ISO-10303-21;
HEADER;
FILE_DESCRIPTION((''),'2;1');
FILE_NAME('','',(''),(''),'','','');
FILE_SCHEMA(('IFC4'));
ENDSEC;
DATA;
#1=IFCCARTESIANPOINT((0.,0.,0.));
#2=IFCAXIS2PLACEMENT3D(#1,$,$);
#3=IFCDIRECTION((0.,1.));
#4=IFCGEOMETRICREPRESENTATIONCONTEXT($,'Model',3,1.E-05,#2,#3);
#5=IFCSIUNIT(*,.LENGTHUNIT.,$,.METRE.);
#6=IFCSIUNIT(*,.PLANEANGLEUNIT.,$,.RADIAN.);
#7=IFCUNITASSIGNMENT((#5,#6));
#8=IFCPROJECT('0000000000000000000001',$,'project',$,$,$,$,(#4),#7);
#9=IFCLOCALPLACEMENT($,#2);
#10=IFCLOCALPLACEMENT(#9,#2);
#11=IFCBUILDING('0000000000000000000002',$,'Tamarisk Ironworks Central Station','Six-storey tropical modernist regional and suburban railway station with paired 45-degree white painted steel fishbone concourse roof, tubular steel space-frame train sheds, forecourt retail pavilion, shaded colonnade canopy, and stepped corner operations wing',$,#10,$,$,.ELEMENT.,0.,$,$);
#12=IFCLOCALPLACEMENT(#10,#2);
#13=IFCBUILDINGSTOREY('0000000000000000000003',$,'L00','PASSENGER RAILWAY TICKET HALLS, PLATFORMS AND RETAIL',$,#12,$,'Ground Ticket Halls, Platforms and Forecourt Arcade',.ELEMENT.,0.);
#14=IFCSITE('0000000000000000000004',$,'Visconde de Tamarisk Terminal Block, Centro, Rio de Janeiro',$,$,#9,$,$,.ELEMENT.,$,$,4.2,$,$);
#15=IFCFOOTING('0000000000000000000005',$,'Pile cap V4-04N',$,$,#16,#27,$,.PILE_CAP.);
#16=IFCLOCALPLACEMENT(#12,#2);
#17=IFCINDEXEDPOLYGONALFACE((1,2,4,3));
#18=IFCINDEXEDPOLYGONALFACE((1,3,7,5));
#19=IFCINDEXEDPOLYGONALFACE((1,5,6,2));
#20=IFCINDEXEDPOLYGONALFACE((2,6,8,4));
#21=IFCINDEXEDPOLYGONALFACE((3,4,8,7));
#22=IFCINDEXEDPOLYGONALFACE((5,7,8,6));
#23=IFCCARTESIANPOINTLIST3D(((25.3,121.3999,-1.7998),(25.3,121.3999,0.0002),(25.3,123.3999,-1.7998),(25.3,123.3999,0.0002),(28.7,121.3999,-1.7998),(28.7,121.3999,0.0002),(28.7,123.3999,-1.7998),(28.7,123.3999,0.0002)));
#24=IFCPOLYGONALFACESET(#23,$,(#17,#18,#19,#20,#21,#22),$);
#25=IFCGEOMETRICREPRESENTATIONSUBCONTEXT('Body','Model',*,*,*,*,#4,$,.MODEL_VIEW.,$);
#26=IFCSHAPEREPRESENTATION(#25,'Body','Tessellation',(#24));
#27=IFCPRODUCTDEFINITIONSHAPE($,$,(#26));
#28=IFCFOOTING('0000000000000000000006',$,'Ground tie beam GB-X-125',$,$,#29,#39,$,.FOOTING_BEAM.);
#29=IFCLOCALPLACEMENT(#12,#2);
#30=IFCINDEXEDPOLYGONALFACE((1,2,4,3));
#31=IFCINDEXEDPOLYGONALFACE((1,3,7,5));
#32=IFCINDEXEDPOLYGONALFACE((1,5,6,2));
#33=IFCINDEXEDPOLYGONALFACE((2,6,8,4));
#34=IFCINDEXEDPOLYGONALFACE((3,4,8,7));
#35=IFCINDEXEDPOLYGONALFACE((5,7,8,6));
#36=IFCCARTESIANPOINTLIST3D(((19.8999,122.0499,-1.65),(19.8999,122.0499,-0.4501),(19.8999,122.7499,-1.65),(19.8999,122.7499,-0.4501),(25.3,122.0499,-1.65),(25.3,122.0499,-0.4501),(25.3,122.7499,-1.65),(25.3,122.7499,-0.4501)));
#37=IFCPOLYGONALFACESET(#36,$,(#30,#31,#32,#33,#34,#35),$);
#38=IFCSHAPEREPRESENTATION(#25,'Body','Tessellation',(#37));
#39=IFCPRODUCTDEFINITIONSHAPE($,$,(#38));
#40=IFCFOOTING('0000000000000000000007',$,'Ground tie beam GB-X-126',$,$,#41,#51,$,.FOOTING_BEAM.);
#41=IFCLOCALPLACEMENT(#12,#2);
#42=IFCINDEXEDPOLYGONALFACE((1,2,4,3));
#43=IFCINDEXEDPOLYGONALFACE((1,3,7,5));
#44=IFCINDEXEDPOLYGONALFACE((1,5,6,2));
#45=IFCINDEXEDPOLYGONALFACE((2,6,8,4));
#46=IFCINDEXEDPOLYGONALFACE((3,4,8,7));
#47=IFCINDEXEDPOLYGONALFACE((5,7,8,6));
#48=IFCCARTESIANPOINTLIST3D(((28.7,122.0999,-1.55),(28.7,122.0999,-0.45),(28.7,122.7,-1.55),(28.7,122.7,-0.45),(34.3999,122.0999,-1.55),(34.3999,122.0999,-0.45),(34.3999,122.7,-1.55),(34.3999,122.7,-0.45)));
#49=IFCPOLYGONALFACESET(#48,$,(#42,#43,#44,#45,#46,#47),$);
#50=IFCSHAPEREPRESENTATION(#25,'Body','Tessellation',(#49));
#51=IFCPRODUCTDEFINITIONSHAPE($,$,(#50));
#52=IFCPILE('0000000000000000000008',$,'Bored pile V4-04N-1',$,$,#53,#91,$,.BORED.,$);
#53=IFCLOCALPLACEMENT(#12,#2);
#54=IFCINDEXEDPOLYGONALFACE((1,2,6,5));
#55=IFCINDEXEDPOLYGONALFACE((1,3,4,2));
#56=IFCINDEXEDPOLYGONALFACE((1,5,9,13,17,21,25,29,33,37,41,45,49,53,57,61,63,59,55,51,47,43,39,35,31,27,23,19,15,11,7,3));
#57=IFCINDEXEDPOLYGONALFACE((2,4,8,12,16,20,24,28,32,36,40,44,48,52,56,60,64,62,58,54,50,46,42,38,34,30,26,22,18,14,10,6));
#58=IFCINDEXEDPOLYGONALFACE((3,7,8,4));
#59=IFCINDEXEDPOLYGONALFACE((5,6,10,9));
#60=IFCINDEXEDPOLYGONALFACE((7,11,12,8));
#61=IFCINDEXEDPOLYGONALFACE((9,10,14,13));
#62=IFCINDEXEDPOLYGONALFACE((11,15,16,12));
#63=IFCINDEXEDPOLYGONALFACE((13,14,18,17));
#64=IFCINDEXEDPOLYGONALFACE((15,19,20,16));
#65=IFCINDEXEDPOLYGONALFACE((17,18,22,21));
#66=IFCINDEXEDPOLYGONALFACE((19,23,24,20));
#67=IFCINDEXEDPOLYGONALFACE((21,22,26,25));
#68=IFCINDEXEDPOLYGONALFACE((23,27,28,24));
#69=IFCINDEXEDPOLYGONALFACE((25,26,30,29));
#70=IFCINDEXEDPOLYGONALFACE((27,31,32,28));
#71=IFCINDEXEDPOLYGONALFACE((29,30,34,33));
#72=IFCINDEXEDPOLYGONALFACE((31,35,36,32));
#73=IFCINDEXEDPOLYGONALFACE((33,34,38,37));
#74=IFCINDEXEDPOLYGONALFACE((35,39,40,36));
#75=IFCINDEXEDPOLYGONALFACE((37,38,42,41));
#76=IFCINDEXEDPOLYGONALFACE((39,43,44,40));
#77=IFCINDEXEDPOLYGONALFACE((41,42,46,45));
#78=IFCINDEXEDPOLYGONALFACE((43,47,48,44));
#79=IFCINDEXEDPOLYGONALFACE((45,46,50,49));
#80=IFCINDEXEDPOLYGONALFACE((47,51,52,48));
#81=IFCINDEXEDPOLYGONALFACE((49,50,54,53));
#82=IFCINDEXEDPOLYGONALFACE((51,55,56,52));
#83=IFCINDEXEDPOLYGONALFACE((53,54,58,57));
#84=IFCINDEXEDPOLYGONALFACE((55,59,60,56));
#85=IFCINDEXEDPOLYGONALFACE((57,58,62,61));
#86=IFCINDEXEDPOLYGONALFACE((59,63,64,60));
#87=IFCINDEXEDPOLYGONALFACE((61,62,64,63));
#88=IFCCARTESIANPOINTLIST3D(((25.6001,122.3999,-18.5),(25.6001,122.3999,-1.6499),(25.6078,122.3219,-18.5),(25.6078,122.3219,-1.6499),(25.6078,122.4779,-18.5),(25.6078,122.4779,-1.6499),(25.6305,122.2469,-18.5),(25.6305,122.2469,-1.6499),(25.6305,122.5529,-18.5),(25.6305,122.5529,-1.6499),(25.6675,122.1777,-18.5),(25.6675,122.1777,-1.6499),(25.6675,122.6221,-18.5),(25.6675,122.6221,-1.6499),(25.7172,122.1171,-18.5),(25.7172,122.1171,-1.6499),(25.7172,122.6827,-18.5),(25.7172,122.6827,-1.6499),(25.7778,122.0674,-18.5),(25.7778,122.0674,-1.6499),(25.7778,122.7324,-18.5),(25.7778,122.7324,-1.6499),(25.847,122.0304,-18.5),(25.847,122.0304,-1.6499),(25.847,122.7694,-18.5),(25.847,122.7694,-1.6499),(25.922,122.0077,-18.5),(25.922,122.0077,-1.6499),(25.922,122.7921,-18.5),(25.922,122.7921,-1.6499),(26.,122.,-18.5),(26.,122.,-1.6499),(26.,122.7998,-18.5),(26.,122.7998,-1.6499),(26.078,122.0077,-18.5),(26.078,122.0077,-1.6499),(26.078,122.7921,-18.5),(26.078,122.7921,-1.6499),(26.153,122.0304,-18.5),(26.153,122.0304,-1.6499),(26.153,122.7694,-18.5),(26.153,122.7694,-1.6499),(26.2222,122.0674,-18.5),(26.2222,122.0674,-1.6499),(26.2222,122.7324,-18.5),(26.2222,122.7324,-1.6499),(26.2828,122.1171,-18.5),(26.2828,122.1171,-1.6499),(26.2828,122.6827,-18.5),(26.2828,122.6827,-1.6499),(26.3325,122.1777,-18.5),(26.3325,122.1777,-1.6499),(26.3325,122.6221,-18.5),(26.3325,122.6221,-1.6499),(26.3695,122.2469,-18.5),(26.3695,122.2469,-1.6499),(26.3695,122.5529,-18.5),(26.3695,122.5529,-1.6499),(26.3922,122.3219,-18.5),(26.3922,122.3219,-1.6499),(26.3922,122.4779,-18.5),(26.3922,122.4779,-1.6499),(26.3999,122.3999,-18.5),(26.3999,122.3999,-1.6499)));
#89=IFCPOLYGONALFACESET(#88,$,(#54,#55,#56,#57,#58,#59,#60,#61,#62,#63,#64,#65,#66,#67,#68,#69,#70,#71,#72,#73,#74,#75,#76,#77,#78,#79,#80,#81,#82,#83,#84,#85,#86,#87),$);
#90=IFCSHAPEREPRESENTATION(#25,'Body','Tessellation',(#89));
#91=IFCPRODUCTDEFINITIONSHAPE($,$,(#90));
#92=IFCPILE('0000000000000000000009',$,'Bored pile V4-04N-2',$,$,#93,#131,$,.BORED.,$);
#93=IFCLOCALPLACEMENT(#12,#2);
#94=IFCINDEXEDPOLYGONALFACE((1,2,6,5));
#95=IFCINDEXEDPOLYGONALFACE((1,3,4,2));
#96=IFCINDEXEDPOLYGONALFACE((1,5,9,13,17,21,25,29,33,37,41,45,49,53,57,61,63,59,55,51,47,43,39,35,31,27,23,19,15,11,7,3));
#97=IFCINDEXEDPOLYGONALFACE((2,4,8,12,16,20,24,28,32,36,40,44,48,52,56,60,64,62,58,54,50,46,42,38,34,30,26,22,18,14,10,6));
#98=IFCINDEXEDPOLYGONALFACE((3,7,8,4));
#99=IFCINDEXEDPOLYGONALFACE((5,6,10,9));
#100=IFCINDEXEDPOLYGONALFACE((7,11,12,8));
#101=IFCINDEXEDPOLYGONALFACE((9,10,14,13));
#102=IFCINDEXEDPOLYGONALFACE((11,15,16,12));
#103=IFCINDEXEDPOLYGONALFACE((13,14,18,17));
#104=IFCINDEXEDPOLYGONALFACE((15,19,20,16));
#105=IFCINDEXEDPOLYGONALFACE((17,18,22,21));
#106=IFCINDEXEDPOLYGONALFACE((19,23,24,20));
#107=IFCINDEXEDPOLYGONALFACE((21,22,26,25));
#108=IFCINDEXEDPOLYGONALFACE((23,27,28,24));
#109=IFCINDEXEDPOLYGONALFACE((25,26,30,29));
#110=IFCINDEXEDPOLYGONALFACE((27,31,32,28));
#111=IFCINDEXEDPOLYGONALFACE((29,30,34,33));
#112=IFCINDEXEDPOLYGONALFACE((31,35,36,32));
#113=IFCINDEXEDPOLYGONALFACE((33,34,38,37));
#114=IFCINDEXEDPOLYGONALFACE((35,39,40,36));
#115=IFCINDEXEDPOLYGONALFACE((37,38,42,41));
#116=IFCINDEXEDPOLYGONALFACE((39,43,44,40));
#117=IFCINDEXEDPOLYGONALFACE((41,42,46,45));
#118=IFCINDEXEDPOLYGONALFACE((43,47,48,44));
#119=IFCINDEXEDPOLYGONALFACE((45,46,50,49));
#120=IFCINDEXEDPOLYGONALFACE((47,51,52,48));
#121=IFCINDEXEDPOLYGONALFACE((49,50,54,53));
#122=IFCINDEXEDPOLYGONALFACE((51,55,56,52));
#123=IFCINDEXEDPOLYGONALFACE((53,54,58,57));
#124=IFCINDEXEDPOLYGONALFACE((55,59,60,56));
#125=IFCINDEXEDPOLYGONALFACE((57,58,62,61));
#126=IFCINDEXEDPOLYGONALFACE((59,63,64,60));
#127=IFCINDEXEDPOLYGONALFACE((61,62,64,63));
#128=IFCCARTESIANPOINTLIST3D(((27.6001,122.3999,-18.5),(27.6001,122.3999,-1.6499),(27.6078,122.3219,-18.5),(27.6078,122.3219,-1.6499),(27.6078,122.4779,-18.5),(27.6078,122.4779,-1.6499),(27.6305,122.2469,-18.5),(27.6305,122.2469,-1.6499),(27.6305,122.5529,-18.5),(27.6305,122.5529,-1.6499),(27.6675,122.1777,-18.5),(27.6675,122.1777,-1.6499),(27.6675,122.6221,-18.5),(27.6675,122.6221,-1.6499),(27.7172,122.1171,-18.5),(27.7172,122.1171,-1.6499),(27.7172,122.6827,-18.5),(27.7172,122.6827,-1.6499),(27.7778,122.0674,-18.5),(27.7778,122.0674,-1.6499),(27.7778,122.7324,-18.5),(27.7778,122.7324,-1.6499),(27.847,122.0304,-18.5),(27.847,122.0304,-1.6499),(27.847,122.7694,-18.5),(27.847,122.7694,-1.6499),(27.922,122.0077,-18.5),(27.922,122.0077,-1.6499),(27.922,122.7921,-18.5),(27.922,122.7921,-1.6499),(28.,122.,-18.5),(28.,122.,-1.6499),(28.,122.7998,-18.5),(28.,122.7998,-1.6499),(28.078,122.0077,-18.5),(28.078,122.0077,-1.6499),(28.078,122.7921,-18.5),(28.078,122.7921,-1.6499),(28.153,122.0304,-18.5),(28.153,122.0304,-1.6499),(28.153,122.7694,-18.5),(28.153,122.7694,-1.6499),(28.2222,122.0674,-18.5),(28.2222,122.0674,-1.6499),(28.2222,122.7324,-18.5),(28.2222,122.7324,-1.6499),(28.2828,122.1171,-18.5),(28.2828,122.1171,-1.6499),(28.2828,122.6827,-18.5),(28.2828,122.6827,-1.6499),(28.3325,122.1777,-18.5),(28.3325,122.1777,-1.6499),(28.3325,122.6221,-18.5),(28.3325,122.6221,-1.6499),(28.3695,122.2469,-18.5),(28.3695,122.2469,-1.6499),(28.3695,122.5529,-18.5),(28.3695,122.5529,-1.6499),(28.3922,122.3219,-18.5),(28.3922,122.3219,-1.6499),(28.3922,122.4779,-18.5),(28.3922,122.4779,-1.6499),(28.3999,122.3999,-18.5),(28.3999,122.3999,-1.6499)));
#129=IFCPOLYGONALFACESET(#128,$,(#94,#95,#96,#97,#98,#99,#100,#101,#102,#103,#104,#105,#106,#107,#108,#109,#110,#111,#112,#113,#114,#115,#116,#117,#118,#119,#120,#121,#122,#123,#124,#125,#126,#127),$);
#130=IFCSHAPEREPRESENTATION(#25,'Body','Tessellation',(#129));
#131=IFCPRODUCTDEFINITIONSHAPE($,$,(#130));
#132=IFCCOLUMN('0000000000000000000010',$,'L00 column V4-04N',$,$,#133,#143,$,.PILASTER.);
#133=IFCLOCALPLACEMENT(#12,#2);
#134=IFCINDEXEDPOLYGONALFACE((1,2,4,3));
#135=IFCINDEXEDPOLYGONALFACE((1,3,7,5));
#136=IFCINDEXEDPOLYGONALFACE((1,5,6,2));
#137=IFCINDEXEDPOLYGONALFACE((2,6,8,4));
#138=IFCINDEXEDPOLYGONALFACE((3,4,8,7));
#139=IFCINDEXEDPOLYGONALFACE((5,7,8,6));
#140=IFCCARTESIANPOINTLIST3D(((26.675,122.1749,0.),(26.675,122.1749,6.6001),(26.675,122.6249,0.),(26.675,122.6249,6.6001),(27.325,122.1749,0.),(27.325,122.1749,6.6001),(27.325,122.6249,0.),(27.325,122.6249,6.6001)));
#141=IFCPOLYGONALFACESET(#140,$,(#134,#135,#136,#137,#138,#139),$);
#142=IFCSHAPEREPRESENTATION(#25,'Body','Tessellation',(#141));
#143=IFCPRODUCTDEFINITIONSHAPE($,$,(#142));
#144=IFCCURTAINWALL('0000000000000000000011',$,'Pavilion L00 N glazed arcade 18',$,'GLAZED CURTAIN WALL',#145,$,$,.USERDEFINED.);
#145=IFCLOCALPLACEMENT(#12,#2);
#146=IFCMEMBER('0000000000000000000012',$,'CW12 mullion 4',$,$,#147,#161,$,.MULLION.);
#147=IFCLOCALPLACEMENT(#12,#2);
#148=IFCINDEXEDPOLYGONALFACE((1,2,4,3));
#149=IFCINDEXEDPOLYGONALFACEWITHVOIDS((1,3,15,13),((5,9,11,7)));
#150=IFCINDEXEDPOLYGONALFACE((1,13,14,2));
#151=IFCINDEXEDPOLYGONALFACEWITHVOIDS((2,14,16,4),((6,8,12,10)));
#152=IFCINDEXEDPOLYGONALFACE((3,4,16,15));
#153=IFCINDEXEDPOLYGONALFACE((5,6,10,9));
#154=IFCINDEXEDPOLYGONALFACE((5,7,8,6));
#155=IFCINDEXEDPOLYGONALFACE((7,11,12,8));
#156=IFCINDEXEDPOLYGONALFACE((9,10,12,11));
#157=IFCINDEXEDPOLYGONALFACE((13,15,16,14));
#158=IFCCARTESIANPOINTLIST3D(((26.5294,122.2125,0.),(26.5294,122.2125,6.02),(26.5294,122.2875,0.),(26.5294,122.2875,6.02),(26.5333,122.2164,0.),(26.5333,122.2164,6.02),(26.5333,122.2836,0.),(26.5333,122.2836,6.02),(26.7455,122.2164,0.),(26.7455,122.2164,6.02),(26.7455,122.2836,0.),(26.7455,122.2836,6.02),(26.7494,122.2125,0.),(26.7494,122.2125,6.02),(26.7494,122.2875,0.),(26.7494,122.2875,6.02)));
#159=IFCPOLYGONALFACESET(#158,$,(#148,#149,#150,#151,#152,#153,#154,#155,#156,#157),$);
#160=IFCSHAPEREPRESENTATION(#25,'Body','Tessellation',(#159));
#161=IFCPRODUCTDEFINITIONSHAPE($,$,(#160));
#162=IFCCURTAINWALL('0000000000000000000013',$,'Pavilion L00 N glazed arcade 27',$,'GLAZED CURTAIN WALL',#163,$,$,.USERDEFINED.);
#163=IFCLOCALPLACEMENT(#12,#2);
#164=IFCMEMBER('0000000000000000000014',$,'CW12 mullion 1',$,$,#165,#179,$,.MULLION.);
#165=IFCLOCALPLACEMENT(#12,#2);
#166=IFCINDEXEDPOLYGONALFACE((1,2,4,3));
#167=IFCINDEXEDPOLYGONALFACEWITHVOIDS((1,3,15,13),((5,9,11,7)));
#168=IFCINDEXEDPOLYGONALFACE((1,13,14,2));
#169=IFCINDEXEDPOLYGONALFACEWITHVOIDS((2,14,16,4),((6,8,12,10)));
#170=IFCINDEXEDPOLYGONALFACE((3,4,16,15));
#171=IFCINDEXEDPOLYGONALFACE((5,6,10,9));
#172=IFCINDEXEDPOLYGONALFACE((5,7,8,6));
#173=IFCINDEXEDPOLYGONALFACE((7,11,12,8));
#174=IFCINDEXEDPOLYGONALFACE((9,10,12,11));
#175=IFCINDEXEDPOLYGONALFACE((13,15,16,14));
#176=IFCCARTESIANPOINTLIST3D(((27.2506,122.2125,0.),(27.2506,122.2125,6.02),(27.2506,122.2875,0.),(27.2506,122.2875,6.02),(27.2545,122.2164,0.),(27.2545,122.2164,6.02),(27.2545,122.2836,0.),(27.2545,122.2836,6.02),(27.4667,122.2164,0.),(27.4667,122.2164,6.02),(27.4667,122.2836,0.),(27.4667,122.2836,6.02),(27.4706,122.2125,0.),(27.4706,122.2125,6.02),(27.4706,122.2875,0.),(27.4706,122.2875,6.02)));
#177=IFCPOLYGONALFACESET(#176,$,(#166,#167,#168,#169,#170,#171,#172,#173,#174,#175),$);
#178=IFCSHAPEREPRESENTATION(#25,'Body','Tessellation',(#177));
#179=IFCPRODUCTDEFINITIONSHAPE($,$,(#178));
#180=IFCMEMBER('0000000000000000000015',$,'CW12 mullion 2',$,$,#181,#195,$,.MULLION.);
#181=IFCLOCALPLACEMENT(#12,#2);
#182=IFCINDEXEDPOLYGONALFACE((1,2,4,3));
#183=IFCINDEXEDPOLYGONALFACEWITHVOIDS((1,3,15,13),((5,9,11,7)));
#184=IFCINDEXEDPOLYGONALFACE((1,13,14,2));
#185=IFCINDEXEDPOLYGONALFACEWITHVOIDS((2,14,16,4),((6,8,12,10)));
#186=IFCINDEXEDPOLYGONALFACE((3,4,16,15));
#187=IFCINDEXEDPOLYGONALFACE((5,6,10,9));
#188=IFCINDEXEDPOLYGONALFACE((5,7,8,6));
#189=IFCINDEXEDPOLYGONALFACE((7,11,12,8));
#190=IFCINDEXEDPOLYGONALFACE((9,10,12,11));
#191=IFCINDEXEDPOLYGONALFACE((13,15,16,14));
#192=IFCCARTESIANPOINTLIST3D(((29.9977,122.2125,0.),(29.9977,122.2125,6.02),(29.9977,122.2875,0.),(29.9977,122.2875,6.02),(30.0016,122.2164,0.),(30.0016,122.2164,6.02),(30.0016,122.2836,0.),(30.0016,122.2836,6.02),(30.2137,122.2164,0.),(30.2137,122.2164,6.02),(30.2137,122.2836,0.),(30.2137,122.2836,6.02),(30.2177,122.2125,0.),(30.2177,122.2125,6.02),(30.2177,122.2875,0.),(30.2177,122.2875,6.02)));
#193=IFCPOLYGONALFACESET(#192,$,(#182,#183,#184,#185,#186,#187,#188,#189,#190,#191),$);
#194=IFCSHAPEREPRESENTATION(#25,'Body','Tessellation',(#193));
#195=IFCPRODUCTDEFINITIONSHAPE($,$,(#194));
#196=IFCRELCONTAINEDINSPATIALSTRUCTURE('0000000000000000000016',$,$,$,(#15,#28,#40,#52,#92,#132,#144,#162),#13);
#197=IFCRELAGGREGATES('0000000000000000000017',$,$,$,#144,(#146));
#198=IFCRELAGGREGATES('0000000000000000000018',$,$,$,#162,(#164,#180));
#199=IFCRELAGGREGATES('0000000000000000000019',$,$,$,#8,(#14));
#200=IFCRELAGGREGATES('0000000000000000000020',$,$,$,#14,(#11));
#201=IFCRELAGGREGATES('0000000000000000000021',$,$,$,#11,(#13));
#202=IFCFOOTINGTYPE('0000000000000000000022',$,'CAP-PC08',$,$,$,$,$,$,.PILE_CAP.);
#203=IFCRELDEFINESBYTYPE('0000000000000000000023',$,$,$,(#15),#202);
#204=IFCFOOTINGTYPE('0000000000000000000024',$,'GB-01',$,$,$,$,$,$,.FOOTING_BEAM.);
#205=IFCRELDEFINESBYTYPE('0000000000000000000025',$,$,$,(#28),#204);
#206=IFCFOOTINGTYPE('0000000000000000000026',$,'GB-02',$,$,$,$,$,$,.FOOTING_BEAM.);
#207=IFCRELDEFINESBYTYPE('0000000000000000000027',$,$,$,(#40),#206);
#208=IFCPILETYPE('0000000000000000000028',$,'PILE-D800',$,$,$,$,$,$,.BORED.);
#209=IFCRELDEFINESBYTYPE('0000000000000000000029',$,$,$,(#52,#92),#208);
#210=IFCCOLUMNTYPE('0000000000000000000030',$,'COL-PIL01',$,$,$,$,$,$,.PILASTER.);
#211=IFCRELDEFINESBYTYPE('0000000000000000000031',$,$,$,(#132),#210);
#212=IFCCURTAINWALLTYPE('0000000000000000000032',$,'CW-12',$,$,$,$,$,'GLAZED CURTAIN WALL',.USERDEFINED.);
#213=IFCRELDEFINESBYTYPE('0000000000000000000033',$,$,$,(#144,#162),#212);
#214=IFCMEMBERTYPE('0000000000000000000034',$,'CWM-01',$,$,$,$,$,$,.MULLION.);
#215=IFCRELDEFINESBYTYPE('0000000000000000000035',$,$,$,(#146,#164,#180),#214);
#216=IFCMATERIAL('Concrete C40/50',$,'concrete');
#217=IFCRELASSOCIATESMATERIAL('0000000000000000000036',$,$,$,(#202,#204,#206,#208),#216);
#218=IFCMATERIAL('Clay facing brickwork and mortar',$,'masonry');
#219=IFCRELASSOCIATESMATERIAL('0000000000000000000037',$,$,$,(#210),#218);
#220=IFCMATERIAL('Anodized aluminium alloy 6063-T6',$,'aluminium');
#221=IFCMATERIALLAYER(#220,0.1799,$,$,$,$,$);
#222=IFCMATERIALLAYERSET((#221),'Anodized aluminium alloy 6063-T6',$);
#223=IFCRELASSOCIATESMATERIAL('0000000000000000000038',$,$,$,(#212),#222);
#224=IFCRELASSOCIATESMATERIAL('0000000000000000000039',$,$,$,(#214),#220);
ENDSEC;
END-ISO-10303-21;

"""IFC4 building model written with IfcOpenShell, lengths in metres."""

from ifc_helpers import new_model, si_unit, direction, frame, origin, origin_2d, place, context, subcontext, project, spatial, rectangle, hollow_rectangle, circle, extrude, material, layer, layer_set, material_profile, profile_set, type_object, element, aggregate, save


model = new_model("IFC4")

# Units and contexts
model_context = context("Model", 3, precision=1e-05, world=origin(), true_north=direction((0.0, 1.0)))
body_context = subcontext(model_context, "Body", "Model", "MODEL_VIEW")
ifc_project = project(units=[si_unit("LENGTHUNIT", "METRE"), si_unit("PLANEANGLEUNIT", "RADIAN")], contexts=[model_context])

# Site, building, storey
site_placement = place(None, origin())
site = spatial("IfcSite", under=ifc_project, at=site_placement, Name="Visconde de Tamarisk Terminal Block, Centro, Rio de Janeiro", CompositionType="ELEMENT", RefElevation=4.2)
building_placement = place(site_placement, origin())
building = spatial("IfcBuilding", under=site, at=building_placement, Name="Tamarisk Ironworks Central Station", Description="Six-storey tropical modernist regional and suburban railway station with paired 45-degree white painted steel fishbone concourse roof, tubular steel space-frame train sheds, forecourt retail pavilion, shaded colonnade canopy, and stepped corner operations wing", CompositionType="ELEMENT", ElevationOfRefHeight=0.0)
storey_placement = place(building_placement, origin())
storey = spatial("IfcBuildingStorey", under=building, at=storey_placement, Name="L00", Description="PASSENGER RAILWAY TICKET HALLS, PLATFORMS AND RETAIL", LongName="Ground Ticket Halls, Platforms and Forecourt Arcade", CompositionType="ELEMENT", Elevation=0.0)

# Footings
ifc_material_1 = material(Name="Concrete C40/50", Category="concrete")
footing_type_1 = type_object("IfcFootingType", Name="CAP-PC08", PredefinedType="PILE_CAP", material=ifc_material_1)
footing_1_placement = place(storey_placement, frame((27.0, 122.3999, -1.7998), z_axis=(0.0, 0.0, 1.0), x_axis=(1.0, 0.0, 0.0)))
element("IfcFooting", 1, at=footing_1_placement, inside=storey, type_object=footing_type_1, Name="Pile cap V4-04N", PredefinedType="PILE_CAP", context=body_context, shape_type="SweptSolid", body=[
    extrude(rectangle(XDim=3.3999, YDim=2.0, at=origin_2d()), origin(), (0.0, 0.0, 1.0), 1.8),
])
ifc_material_profile_1 = material_profile(ifc_material_1, rectangle(XDim=0.7, YDim=1.2, at=origin_2d()), Name="GB01 700x1200")
ifc_profile_set_1 = profile_set([ifc_material_profile_1], Name="Concrete C40/50")
footing_type_2 = type_object("IfcFootingType", Name="GB-01", PredefinedType="FOOTING_BEAM", material=ifc_profile_set_1)
footing_2_placement = place(storey_placement, frame((19.8999, 122.3999, -1.05), z_axis=(1.0, 0.0, 0.0), x_axis=(0.0, 1.0, 0.0)))
element("IfcFooting", 2, at=footing_2_placement, inside=storey, type_object=footing_type_2, Name="Ground tie beam GB-X-125", PredefinedType="FOOTING_BEAM", context=body_context, shape_type="SweptSolid", body=[
    extrude(rectangle(XDim=0.7, YDim=1.2, at=origin_2d()), origin(), (0.0, 0.0, 1.0), 5.4001),
])
ifc_material_profile_2 = material_profile(ifc_material_1, rectangle(XDim=0.6001, YDim=1.1001, at=origin_2d()), Name="GB02 600x1100")
ifc_profile_set_2 = profile_set([ifc_material_profile_2], Name="Concrete C40/50")
footing_type_3 = type_object("IfcFootingType", Name="GB-02", PredefinedType="FOOTING_BEAM", material=ifc_profile_set_2)
footing_3_placement = place(storey_placement, frame((28.7, 122.3999, -1.0), z_axis=(1.0, 0.0, 0.0), x_axis=(0.0, 1.0, 0.0)))
element("IfcFooting", 3, at=footing_3_placement, inside=storey, type_object=footing_type_3, Name="Ground tie beam GB-X-126", PredefinedType="FOOTING_BEAM", context=body_context, shape_type="SweptSolid", body=[
    extrude(rectangle(XDim=0.6001, YDim=1.1001, at=origin_2d()), origin(), (0.0, 0.0, 1.0), 5.7),
])

# Piles
ifc_material_profile_3 = material_profile(ifc_material_1, circle(Radius=0.3999, at=origin_2d()), Name="BORED PILE D800")
ifc_profile_set_3 = profile_set([ifc_material_profile_3], Name="Concrete C40/50")
pile_type = type_object("IfcPileType", Name="PILE-D800", PredefinedType="BORED", material=ifc_profile_set_3)
for number, where, z_axis, x_axis, name in (
    (4, (26.0, 122.3999, -1.6499), (0.0, 0.0, -1.0), (1.0, 0.0, 0.0), "Bored pile V4-04N-1"),
    (5, (28.0, 122.3999, -1.6499), (0.0, 0.0, -1.0), (1.0, 0.0, 0.0), "Bored pile V4-04N-2"),
):
    element("IfcPile", number, at=place(storey_placement, frame(where, z_axis=z_axis, x_axis=x_axis)), inside=storey, type_object=pile_type, Name=name, PredefinedType="BORED", context=body_context, shape_type="SweptSolid", body=[
        extrude(circle(Radius=0.3999, at=origin_2d()), origin(), (0.0, 0.0, 1.0), 16.8501),
    ])

# Column
ifc_material_2 = material(Name="Clay facing brickwork and mortar", Category="masonry")
ifc_material_profile_4 = material_profile(ifc_material_2, rectangle(XDim=0.6499, YDim=0.45, at=origin_2d()), Name="PIL 650x450")
ifc_profile_set_4 = profile_set([ifc_material_profile_4], Name="Clay facing brickwork and mortar")
column_type = type_object("IfcColumnType", Name="COL-PIL01", PredefinedType="PILASTER", material=ifc_profile_set_4)
column_placement = place(storey_placement, frame((27.0, 122.3999, 0.0), z_axis=(0.0, 0.0, 1.0), x_axis=(1.0, 0.0, 0.0)))
element("IfcColumn", 6, at=column_placement, inside=storey, type_object=column_type, Name="L00 column V4-04N", PredefinedType="PILASTER", context=body_context, shape_type="SweptSolid", body=[
    extrude(rectangle(XDim=0.6499, YDim=0.45, at=origin_2d()), origin(), (0.0, 0.0, 1.0), 6.6001),
])

# Curtain wall, member
ifc_material_3 = material(Name="Anodized aluminium alloy 6063-T6", Category="aluminium")
ifc_layer_1 = layer(ifc_material_3, 0.1799)
ifc_layer_set_1 = layer_set([ifc_layer_1], Name="Anodized aluminium alloy 6063-T6")
curtain_wall_type = type_object("IfcCurtainWallType", Name="CW-12", ElementType="GLAZED CURTAIN WALL", PredefinedType="USERDEFINED", material=ifc_layer_set_1)
curtain_wall_1_placement = place(storey_placement, origin())
curtain_wall_1 = element("IfcCurtainWall", 7, at=curtain_wall_1_placement, inside=storey, type_object=curtain_wall_type, Name="Pavilion L00 N glazed arcade 18", ObjectType="GLAZED CURTAIN WALL", PredefinedType="USERDEFINED")
ifc_material_profile_5 = material_profile(ifc_material_3, hollow_rectangle(XDim=0.075, YDim=0.22, WallThickness=0.0039, at=origin_2d()), Name="ALUM 220x75")
ifc_profile_set_5 = profile_set([ifc_material_profile_5], Name="Anodized aluminium alloy 6063-T6")
member_type_1 = type_object("IfcMemberType", Name="CWM-01", PredefinedType="MULLION", material=ifc_profile_set_5)
member_1_placement = place(storey_placement, frame((26.6394, 122.25, 0.0), z_axis=(0.0, 0.0, 1.0), x_axis=(0.0, 1.0, 0.0)))
member_1 = element("IfcMember", 8, at=member_1_placement, type_object=member_type_1, Name="CW12 mullion 4", PredefinedType="MULLION", context=body_context, shape_type="SweptSolid", body=[
    extrude(hollow_rectangle(XDim=0.075, YDim=0.22, WallThickness=0.0039, at=origin_2d()), origin(), (0.0, 0.0, 1.0), 6.02),
])

# Curtain wall, members
curtain_wall_2_placement = place(storey_placement, origin())
curtain_wall_2 = element("IfcCurtainWall", 9, at=curtain_wall_2_placement, inside=storey, type_object=curtain_wall_type, Name="Pavilion L00 N glazed arcade 27", ObjectType="GLAZED CURTAIN WALL", PredefinedType="USERDEFINED")
member_2_placement = place(storey_placement, frame((27.3606, 122.25, 0.0), z_axis=(0.0, 0.0, 1.0), x_axis=(0.0, 1.0, 0.0)))
member_2 = element("IfcMember", 10, at=member_2_placement, type_object=member_type_1, Name="CW12 mullion 1", PredefinedType="MULLION", context=body_context, shape_type="SweptSolid", body=[
    extrude(hollow_rectangle(XDim=0.075, YDim=0.22, WallThickness=0.0039, at=origin_2d()), origin(), (0.0, 0.0, 1.0), 6.02),
])
member_3_placement = place(storey_placement, frame((30.1077, 122.25, 0.0), z_axis=(0.0, 0.0, 1.0), x_axis=(0.0, 1.0, 0.0)))
member_3 = element("IfcMember", 11, at=member_3_placement, type_object=member_type_1, Name="CW12 mullion 2", PredefinedType="MULLION", context=body_context, shape_type="SweptSolid", body=[
    extrude(hollow_rectangle(XDim=0.075, YDim=0.22, WallThickness=0.0039, at=origin_2d()), origin(), (0.0, 0.0, 1.0), 6.02),
])

aggregate(curtain_wall_1, [member_1])
aggregate(curtain_wall_2, [member_2, member_3])

save(model, "model.ifc")
